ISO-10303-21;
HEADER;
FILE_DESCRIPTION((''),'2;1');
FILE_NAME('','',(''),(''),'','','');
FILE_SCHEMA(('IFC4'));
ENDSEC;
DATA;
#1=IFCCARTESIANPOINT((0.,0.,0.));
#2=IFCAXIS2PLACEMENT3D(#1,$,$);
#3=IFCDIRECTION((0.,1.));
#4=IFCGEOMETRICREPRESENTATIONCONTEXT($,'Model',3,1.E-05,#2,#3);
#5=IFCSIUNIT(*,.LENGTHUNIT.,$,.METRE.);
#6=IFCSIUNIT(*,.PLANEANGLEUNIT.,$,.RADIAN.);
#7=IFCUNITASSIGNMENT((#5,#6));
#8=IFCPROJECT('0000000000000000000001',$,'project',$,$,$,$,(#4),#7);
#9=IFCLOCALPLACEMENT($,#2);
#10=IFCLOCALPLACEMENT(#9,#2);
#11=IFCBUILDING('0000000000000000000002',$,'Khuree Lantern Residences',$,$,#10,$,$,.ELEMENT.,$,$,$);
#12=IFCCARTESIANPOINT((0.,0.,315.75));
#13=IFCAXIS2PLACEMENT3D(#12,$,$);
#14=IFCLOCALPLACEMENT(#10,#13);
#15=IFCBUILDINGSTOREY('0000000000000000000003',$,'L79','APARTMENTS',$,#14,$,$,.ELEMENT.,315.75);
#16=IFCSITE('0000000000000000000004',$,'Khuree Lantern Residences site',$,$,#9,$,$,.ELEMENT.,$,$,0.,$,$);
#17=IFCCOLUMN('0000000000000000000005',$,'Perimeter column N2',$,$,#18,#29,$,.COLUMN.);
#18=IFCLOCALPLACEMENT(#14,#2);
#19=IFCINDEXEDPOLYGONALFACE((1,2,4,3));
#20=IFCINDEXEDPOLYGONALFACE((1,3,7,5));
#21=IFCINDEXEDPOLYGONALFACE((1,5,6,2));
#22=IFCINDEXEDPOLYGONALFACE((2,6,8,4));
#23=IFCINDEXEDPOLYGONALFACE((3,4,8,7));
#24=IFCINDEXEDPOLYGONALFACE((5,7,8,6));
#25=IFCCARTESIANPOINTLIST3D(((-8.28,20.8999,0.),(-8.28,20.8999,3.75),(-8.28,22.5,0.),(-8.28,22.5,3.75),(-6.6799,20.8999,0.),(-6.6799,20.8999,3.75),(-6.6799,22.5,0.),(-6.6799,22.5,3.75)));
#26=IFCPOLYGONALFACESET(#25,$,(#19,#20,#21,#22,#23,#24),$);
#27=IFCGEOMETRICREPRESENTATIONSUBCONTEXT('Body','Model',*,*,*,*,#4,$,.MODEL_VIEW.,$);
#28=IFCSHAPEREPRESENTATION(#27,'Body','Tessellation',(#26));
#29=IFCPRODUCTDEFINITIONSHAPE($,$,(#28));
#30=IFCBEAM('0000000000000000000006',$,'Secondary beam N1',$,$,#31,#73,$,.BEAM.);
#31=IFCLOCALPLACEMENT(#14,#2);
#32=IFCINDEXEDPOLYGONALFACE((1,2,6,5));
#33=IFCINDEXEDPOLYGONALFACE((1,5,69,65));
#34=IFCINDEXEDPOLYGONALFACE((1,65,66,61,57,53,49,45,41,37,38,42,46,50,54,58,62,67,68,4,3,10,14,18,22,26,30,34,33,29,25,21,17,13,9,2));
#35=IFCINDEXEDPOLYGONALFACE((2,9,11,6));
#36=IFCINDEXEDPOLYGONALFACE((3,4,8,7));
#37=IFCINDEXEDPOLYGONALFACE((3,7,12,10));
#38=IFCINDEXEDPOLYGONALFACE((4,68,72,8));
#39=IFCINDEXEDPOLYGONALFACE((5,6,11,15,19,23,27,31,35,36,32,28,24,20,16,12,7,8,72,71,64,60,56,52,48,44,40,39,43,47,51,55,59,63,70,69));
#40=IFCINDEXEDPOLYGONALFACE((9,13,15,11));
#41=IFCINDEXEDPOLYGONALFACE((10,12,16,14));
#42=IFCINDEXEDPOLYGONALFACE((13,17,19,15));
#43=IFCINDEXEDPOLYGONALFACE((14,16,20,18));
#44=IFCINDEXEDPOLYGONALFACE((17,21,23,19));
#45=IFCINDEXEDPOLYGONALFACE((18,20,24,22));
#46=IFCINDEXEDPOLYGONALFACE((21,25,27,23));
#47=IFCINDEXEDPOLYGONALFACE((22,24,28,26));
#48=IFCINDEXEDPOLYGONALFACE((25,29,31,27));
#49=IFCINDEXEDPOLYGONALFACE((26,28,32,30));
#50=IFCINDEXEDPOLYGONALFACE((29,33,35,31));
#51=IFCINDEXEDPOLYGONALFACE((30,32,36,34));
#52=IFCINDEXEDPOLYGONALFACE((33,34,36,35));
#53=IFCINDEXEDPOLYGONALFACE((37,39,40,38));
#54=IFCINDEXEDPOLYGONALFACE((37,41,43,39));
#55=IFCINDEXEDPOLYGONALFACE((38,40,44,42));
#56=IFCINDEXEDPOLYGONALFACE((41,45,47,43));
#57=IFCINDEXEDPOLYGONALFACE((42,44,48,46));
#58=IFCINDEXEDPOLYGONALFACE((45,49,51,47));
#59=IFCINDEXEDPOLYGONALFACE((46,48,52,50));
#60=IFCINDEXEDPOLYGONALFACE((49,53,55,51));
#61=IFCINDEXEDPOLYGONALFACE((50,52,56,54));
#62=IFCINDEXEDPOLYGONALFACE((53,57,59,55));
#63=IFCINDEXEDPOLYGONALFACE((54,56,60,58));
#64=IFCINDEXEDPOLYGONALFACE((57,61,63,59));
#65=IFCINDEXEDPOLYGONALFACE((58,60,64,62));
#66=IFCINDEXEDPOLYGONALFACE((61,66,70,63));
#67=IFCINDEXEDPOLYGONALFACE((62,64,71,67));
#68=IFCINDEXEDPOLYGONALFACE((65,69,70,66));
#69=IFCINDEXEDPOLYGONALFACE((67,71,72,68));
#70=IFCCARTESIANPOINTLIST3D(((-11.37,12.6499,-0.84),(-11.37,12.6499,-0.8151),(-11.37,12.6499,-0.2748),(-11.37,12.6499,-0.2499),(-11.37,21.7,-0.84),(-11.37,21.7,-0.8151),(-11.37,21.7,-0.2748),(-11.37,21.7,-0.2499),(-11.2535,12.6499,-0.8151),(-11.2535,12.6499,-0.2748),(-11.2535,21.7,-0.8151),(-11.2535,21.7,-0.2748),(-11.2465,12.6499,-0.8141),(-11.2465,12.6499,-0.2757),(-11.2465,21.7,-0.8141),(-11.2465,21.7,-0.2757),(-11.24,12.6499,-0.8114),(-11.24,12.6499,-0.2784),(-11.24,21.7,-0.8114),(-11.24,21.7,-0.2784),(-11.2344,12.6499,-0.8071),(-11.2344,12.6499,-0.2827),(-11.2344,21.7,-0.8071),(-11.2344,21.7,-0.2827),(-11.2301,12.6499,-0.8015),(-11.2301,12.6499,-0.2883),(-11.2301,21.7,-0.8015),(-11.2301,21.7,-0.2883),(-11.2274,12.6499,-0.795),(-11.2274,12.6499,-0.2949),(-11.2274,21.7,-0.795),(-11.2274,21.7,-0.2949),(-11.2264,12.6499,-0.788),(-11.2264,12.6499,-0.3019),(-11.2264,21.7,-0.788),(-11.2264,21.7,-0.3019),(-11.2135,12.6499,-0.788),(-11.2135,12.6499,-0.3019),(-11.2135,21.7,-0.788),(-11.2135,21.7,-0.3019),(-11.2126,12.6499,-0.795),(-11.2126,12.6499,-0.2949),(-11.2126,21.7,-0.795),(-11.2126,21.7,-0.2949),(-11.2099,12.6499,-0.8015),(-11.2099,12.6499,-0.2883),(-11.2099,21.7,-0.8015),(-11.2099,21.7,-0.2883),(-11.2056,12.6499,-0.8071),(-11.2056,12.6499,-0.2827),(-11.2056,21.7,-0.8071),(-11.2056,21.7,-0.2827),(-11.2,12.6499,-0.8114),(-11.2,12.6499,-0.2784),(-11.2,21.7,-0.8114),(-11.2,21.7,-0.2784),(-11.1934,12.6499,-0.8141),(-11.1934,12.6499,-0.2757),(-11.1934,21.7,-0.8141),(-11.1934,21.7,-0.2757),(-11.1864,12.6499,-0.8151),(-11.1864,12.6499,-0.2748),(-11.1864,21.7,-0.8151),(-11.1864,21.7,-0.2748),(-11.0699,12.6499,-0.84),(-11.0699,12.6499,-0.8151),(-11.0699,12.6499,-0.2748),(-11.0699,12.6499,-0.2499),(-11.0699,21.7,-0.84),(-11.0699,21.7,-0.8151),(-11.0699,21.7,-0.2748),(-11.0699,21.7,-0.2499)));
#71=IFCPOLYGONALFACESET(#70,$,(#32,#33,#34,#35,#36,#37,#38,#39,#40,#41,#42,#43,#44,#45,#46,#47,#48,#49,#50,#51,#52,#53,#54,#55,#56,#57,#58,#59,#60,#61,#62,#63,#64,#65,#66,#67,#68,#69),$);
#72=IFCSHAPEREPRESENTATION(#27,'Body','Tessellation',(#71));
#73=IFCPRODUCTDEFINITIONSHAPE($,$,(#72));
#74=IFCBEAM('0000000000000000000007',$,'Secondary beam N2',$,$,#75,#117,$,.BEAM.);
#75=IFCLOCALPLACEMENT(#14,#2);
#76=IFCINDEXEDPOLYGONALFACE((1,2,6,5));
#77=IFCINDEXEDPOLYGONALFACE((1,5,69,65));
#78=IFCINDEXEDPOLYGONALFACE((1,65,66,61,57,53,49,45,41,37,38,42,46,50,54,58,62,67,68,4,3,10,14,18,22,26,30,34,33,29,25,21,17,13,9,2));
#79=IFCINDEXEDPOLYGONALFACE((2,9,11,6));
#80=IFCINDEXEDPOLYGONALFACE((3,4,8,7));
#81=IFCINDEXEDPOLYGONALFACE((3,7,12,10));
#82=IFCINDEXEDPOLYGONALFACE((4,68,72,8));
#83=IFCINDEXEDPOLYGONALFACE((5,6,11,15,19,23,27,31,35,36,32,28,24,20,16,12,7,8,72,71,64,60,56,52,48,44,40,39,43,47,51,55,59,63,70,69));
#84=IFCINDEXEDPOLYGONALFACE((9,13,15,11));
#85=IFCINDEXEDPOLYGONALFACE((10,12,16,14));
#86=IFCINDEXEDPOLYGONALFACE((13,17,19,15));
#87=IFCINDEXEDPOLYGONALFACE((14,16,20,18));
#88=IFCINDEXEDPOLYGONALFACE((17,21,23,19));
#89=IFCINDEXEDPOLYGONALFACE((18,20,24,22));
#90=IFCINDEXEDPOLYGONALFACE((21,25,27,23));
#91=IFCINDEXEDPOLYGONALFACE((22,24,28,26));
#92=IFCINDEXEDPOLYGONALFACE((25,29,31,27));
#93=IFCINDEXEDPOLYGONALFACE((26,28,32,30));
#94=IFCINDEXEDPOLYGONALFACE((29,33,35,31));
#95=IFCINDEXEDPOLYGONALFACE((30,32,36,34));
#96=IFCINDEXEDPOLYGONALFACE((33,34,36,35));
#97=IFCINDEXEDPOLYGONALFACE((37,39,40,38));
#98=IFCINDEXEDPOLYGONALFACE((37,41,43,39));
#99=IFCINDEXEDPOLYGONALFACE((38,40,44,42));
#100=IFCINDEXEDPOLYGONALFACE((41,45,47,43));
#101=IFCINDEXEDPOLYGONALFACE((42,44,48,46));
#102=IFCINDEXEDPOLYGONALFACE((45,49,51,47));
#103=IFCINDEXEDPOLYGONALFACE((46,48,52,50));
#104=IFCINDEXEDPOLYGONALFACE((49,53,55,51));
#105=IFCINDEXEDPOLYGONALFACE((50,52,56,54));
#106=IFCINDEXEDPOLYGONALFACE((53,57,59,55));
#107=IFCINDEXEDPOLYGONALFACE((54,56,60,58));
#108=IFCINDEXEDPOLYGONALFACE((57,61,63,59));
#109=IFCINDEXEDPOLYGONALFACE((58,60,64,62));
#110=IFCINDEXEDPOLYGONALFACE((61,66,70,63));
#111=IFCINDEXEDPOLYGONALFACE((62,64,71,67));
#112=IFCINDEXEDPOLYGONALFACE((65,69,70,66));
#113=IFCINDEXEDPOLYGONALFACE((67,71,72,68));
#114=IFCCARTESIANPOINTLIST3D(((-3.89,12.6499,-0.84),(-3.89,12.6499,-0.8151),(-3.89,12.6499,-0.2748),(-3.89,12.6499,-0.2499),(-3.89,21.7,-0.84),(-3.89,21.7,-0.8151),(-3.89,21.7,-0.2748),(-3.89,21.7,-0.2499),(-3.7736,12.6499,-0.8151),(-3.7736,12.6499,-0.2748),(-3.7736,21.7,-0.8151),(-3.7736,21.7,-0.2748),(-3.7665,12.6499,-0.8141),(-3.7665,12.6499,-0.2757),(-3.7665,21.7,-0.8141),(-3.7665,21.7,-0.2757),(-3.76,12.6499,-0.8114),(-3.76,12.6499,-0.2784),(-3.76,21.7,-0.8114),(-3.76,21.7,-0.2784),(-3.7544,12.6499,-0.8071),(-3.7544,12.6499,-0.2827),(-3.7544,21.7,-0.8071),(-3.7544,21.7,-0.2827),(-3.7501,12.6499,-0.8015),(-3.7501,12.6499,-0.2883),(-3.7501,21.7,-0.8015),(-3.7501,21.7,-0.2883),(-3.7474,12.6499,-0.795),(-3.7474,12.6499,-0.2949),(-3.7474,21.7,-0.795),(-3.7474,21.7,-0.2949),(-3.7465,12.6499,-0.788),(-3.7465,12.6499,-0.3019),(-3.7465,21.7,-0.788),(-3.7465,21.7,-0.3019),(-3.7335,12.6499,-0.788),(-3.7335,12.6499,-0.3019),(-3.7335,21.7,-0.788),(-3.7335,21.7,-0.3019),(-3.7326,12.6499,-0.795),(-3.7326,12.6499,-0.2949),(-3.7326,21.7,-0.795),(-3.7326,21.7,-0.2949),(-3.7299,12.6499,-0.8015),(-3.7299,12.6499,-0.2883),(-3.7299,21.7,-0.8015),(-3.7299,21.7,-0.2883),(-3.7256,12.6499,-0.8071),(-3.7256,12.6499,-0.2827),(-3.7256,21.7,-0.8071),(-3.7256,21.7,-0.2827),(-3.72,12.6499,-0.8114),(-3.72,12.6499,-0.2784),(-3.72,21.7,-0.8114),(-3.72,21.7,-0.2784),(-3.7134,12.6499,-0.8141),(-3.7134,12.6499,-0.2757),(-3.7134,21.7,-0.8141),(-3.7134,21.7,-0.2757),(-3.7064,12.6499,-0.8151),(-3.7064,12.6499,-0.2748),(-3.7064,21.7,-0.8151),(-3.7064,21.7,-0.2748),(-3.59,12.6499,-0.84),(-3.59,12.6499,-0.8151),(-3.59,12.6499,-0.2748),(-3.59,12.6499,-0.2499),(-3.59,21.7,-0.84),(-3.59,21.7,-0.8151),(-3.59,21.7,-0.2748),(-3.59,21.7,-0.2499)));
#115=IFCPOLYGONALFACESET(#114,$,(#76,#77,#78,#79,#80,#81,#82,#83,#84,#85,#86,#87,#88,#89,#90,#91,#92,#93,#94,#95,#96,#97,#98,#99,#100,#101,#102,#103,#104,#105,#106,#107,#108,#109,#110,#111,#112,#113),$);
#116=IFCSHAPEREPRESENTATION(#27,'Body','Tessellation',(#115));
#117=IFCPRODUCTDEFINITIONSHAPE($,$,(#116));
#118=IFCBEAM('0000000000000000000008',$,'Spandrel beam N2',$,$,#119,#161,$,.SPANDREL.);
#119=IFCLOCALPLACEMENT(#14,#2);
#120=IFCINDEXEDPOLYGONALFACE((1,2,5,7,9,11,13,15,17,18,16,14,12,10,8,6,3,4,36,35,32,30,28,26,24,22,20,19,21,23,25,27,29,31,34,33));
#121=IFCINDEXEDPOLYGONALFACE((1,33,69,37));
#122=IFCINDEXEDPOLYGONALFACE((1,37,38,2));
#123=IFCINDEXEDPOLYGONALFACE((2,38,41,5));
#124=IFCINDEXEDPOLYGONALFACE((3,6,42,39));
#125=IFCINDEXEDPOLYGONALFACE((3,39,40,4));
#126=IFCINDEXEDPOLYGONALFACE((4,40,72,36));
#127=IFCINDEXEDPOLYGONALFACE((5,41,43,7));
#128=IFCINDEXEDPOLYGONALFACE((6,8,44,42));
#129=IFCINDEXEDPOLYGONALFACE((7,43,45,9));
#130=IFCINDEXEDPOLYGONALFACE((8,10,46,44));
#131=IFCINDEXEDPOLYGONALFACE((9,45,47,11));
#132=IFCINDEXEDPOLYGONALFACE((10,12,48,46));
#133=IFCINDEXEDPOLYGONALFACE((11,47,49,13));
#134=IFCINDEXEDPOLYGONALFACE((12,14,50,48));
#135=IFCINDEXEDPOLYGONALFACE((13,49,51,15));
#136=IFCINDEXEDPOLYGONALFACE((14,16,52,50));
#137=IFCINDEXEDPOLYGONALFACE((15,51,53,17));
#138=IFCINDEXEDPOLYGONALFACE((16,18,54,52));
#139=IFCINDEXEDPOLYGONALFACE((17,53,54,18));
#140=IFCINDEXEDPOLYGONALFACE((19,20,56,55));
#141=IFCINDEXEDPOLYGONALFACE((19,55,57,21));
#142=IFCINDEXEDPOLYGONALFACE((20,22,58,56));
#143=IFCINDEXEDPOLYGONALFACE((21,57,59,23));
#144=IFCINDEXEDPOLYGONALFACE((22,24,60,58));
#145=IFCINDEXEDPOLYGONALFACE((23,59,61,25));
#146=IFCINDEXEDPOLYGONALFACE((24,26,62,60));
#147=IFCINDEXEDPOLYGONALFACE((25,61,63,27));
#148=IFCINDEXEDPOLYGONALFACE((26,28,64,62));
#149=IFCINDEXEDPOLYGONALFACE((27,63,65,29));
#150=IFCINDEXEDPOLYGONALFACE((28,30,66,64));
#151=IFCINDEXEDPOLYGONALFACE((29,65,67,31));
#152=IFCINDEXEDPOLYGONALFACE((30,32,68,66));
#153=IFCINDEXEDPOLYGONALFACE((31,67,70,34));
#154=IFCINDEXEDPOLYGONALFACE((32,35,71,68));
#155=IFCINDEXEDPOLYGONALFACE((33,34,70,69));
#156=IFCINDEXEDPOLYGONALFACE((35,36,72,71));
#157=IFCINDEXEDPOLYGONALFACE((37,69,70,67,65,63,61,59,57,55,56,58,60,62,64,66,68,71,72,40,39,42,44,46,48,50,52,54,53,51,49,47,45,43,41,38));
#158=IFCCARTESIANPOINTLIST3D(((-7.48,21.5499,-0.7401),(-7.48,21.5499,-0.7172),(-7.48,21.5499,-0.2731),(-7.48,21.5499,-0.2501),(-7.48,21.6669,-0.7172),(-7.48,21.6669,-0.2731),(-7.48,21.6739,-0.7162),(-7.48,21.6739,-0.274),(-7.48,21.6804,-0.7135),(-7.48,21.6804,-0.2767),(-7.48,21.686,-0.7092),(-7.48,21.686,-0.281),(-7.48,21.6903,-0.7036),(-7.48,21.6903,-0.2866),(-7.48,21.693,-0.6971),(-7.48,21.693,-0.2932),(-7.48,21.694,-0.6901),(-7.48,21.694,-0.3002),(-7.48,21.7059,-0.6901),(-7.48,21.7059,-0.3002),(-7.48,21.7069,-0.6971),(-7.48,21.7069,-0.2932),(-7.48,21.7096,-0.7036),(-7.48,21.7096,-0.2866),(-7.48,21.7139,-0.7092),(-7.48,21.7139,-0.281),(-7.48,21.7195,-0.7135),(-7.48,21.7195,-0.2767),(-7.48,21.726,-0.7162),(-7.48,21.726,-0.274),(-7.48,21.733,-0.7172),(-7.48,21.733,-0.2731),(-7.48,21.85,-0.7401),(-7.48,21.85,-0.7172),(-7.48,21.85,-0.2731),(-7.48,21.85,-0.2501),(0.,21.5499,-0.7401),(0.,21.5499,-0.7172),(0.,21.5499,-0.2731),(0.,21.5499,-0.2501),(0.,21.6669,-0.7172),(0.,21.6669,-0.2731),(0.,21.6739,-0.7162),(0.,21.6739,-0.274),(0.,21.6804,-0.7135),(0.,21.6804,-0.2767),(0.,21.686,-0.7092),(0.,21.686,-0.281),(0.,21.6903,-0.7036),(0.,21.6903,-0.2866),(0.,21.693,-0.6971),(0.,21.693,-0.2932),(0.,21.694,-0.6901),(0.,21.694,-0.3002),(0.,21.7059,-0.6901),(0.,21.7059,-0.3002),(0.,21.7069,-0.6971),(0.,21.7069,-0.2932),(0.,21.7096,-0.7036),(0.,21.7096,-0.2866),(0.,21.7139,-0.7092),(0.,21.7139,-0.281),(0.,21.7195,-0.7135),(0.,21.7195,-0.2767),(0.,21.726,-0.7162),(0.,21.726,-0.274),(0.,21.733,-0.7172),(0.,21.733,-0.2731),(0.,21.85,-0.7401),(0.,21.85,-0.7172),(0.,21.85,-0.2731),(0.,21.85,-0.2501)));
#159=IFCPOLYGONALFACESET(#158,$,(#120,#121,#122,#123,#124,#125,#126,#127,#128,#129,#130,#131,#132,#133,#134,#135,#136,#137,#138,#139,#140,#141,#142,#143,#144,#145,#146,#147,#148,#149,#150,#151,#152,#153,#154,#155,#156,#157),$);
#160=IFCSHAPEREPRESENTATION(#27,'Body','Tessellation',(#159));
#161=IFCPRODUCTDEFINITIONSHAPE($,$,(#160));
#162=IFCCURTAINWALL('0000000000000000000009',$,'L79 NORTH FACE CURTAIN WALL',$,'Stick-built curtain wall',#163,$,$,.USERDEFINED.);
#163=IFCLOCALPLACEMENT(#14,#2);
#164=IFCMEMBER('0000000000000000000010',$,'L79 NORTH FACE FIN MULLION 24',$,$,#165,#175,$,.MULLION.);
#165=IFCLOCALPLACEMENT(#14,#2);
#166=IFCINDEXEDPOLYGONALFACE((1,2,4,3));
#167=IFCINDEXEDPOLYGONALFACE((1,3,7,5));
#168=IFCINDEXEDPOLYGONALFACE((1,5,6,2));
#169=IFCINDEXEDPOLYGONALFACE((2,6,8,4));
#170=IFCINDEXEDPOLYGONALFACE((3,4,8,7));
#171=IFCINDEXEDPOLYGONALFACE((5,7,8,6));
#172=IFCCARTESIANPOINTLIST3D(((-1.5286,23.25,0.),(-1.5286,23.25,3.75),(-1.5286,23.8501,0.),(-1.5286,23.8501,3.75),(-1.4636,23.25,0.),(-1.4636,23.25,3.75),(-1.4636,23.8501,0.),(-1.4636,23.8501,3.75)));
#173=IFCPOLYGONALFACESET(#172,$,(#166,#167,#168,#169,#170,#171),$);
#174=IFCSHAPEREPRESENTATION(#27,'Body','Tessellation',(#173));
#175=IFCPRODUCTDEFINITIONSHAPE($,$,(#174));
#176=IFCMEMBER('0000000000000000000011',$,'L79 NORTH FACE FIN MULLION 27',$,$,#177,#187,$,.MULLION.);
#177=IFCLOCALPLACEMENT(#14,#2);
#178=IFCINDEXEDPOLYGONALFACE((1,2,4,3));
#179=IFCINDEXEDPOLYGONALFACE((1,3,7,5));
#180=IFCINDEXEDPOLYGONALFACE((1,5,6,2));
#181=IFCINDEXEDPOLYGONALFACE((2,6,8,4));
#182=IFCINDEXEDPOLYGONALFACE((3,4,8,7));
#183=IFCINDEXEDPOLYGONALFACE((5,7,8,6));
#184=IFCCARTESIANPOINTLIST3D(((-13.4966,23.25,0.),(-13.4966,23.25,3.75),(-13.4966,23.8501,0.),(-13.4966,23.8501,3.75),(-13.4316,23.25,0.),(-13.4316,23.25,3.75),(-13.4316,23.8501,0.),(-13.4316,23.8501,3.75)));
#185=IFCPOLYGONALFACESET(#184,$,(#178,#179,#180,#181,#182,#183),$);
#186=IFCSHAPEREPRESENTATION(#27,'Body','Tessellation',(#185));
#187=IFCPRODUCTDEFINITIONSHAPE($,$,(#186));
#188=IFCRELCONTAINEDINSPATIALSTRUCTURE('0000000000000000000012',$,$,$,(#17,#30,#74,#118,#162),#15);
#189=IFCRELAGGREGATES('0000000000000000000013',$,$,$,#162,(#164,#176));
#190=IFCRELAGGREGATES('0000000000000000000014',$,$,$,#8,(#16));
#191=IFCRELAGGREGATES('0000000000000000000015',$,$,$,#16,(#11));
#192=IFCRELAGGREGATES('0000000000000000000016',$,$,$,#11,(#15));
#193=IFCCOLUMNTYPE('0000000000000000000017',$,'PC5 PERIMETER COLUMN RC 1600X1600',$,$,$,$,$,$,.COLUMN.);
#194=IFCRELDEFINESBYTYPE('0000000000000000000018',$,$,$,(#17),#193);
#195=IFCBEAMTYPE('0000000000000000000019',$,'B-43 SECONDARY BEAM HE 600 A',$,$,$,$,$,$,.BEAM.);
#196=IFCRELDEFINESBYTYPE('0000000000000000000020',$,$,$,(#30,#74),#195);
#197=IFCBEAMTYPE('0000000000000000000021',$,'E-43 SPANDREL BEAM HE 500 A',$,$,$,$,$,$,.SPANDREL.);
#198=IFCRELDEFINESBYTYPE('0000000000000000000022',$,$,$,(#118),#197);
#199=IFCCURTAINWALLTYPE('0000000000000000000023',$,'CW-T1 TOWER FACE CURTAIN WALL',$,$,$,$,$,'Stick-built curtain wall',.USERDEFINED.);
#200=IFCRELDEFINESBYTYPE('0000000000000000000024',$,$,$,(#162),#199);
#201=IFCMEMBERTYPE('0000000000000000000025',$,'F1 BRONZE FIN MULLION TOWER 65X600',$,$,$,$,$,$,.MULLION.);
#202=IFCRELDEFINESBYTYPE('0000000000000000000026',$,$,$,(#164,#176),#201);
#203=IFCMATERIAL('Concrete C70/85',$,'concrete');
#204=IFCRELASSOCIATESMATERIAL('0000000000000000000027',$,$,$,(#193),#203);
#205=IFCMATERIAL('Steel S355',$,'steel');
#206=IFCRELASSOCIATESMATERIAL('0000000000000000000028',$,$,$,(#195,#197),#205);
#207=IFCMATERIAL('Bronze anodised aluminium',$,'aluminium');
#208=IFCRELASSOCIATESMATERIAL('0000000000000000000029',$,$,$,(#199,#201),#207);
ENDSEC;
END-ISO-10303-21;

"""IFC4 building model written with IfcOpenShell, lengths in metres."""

from ifc_helpers import new_model, si_unit, direction, frame, origin, origin_2d, place, context, subcontext, project, spatial, rectangle, i_section, extrude, material, material_profile, profile_set, type_object, element, aggregate, save


model = new_model("IFC4")

# Units and contexts
model_context = context("Model", 3, precision=1e-05, world=origin(), true_north=direction((0.0, 1.0)))
body_context = subcontext(model_context, "Body", "Model", "MODEL_VIEW")
ifc_project = project(units=[si_unit("LENGTHUNIT", "METRE"), si_unit("PLANEANGLEUNIT", "RADIAN")], contexts=[model_context])

# Site, building, storey
site_placement = place(None, origin())
site = spatial("IfcSite", under=ifc_project, at=site_placement, Name="Khuree Lantern Residences site", CompositionType="ELEMENT", RefElevation=0.0)
building_placement = place(site_placement, origin())
building = spatial("IfcBuilding", under=site, at=building_placement, Name="Khuree Lantern Residences", CompositionType="ELEMENT")
storey_placement = place(building_placement, frame((0.0, 0.0, 315.75)))
storey = spatial("IfcBuildingStorey", under=building, at=storey_placement, Name="L79", Description="APARTMENTS", CompositionType="ELEMENT", Elevation=315.75)

# Column
ifc_material_1 = material(Name="Concrete C70/85", Category="concrete")
ifc_material_profile_1 = material_profile(ifc_material_1, rectangle(XDim=1.6001, YDim=1.6001, at=origin_2d()), Name="RC 1600X1600")
ifc_profile_set_1 = profile_set([ifc_material_profile_1], Name="Concrete C70/85")
column_type = type_object("IfcColumnType", Name="PC5 PERIMETER COLUMN RC 1600X1600", PredefinedType="COLUMN", material=ifc_profile_set_1)
column_placement = place(storey_placement, frame((-7.48, 21.7, 0.0), z_axis=(0.0, 0.0, 1.0), x_axis=(1.0, 0.0, 0.0)))
element("IfcColumn", 1, at=column_placement, inside=storey, type_object=column_type, Name="Perimeter column N2", PredefinedType="COLUMN", context=body_context, shape_type="SweptSolid", body=[
    extrude(rectangle(XDim=1.6001, YDim=1.6001, at=origin_2d()), origin(), (0.0, 0.0, 1.0), 3.75),
])

# Beams
ifc_material_2 = material(Name="Steel S355", Category="steel")
ifc_material_profile_2 = material_profile(ifc_material_2, i_section(OverallWidth=0.3, OverallDepth=0.5901, WebThickness=0.0129, FlangeThickness=0.0249, FilletRadius=0.0271, at=origin_2d()), Name="HE 600 A")
ifc_profile_set_2 = profile_set([ifc_material_profile_2], Name="Steel S355")
beam_type_1 = type_object("IfcBeamType", Name="B-43 SECONDARY BEAM HE 600 A", PredefinedType="BEAM", material=ifc_profile_set_2)
for number, where, z_axis, x_axis, name in (
    (2, (-11.22, 21.7, -0.5449), (0.0, -1.0, 0.0), (1.0, 0.0, 0.0), "Secondary beam N1"),
    (3, (-3.74, 21.7, -0.5449), (0.0, -1.0, 0.0), (1.0, 0.0, 0.0), "Secondary beam N2"),
):
    element("IfcBeam", number, at=place(storey_placement, frame(where, z_axis=z_axis, x_axis=x_axis)), inside=storey, type_object=beam_type_1, Name=name, PredefinedType="BEAM", context=body_context, shape_type="SweptSolid", body=[
        extrude(i_section(OverallWidth=0.3, OverallDepth=0.5901, WebThickness=0.0129, FlangeThickness=0.0249, FilletRadius=0.0271, at=origin_2d()), origin(), (0.0, 0.0, 1.0), 9.05),
    ])
ifc_material_profile_3 = material_profile(ifc_material_2, i_section(OverallWidth=0.3, OverallDepth=0.49, WebThickness=0.012, FlangeThickness=0.0229, FilletRadius=0.0271, at=origin_2d()), Name="HE 500 A")
ifc_profile_set_3 = profile_set([ifc_material_profile_3], Name="Steel S355")
beam_type_2 = type_object("IfcBeamType", Name="E-43 SPANDREL BEAM HE 500 A", PredefinedType="SPANDREL", material=ifc_profile_set_3)
beam_1_placement = place(storey_placement, frame((-7.48, 21.7, -0.4951), z_axis=(1.0, 0.0, 0.0), x_axis=(0.0, 1.0, 0.0)))
element("IfcBeam", 4, at=beam_1_placement, inside=storey, type_object=beam_type_2, Name="Spandrel beam N2", PredefinedType="SPANDREL", context=body_context, shape_type="SweptSolid", body=[
    extrude(i_section(OverallWidth=0.3, OverallDepth=0.49, WebThickness=0.012, FlangeThickness=0.0229, FilletRadius=0.0271, at=origin_2d()), origin(), (0.0, 0.0, 1.0), 7.48),
])

# Curtain wall, members
ifc_material_3 = material(Name="Bronze anodised aluminium", Category="aluminium")
curtain_wall_type = type_object("IfcCurtainWallType", Name="CW-T1 TOWER FACE CURTAIN WALL", ElementType="Stick-built curtain wall", PredefinedType="USERDEFINED", material=ifc_material_3)
curtain_wall_placement = place(storey_placement, origin())
curtain_wall = element("IfcCurtainWall", 5, at=curtain_wall_placement, inside=storey, type_object=curtain_wall_type, Name="L79 NORTH FACE CURTAIN WALL", ObjectType="Stick-built curtain wall", PredefinedType="USERDEFINED")
ifc_material_profile_4 = material_profile(ifc_material_3, rectangle(XDim=0.0649, YDim=0.6001, at=origin_2d()), Name="F1 65X600")
ifc_profile_set_4 = profile_set([ifc_material_profile_4], Name="Bronze anodised aluminium")
member_type_1 = type_object("IfcMemberType", Name="F1 BRONZE FIN MULLION TOWER 65X600", PredefinedType="MULLION", material=ifc_profile_set_4)
member_1_placement = place(storey_placement, frame((-1.4961, 23.55, 0.0), z_axis=(0.0, 0.0, 1.0), x_axis=(-1.0, 0.0, 0.0)))
member_1 = element("IfcMember", 6, at=member_1_placement, type_object=member_type_1, Name="L79 NORTH FACE FIN MULLION 24", PredefinedType="MULLION", context=body_context, shape_type="SweptSolid", body=[
    extrude(rectangle(XDim=0.0649, YDim=0.6001, at=origin_2d()), origin(), (0.0, 0.0, 1.0), 3.75),
])
member_2_placement = place(storey_placement, frame((-13.4641, 23.55, 0.0), z_axis=(0.0, 0.0, 1.0), x_axis=(-1.0, 0.0, 0.0)))
member_2 = element("IfcMember", 7, at=member_2_placement, type_object=member_type_1, Name="L79 NORTH FACE FIN MULLION 27", PredefinedType="MULLION", context=body_context, shape_type="SweptSolid", body=[
    extrude(rectangle(XDim=0.0649, YDim=0.6001, at=origin_2d()), origin(), (0.0, 0.0, 1.0), 3.75),
])

aggregate(curtain_wall, [member_1, member_2])

save(model, "model.ifc")
